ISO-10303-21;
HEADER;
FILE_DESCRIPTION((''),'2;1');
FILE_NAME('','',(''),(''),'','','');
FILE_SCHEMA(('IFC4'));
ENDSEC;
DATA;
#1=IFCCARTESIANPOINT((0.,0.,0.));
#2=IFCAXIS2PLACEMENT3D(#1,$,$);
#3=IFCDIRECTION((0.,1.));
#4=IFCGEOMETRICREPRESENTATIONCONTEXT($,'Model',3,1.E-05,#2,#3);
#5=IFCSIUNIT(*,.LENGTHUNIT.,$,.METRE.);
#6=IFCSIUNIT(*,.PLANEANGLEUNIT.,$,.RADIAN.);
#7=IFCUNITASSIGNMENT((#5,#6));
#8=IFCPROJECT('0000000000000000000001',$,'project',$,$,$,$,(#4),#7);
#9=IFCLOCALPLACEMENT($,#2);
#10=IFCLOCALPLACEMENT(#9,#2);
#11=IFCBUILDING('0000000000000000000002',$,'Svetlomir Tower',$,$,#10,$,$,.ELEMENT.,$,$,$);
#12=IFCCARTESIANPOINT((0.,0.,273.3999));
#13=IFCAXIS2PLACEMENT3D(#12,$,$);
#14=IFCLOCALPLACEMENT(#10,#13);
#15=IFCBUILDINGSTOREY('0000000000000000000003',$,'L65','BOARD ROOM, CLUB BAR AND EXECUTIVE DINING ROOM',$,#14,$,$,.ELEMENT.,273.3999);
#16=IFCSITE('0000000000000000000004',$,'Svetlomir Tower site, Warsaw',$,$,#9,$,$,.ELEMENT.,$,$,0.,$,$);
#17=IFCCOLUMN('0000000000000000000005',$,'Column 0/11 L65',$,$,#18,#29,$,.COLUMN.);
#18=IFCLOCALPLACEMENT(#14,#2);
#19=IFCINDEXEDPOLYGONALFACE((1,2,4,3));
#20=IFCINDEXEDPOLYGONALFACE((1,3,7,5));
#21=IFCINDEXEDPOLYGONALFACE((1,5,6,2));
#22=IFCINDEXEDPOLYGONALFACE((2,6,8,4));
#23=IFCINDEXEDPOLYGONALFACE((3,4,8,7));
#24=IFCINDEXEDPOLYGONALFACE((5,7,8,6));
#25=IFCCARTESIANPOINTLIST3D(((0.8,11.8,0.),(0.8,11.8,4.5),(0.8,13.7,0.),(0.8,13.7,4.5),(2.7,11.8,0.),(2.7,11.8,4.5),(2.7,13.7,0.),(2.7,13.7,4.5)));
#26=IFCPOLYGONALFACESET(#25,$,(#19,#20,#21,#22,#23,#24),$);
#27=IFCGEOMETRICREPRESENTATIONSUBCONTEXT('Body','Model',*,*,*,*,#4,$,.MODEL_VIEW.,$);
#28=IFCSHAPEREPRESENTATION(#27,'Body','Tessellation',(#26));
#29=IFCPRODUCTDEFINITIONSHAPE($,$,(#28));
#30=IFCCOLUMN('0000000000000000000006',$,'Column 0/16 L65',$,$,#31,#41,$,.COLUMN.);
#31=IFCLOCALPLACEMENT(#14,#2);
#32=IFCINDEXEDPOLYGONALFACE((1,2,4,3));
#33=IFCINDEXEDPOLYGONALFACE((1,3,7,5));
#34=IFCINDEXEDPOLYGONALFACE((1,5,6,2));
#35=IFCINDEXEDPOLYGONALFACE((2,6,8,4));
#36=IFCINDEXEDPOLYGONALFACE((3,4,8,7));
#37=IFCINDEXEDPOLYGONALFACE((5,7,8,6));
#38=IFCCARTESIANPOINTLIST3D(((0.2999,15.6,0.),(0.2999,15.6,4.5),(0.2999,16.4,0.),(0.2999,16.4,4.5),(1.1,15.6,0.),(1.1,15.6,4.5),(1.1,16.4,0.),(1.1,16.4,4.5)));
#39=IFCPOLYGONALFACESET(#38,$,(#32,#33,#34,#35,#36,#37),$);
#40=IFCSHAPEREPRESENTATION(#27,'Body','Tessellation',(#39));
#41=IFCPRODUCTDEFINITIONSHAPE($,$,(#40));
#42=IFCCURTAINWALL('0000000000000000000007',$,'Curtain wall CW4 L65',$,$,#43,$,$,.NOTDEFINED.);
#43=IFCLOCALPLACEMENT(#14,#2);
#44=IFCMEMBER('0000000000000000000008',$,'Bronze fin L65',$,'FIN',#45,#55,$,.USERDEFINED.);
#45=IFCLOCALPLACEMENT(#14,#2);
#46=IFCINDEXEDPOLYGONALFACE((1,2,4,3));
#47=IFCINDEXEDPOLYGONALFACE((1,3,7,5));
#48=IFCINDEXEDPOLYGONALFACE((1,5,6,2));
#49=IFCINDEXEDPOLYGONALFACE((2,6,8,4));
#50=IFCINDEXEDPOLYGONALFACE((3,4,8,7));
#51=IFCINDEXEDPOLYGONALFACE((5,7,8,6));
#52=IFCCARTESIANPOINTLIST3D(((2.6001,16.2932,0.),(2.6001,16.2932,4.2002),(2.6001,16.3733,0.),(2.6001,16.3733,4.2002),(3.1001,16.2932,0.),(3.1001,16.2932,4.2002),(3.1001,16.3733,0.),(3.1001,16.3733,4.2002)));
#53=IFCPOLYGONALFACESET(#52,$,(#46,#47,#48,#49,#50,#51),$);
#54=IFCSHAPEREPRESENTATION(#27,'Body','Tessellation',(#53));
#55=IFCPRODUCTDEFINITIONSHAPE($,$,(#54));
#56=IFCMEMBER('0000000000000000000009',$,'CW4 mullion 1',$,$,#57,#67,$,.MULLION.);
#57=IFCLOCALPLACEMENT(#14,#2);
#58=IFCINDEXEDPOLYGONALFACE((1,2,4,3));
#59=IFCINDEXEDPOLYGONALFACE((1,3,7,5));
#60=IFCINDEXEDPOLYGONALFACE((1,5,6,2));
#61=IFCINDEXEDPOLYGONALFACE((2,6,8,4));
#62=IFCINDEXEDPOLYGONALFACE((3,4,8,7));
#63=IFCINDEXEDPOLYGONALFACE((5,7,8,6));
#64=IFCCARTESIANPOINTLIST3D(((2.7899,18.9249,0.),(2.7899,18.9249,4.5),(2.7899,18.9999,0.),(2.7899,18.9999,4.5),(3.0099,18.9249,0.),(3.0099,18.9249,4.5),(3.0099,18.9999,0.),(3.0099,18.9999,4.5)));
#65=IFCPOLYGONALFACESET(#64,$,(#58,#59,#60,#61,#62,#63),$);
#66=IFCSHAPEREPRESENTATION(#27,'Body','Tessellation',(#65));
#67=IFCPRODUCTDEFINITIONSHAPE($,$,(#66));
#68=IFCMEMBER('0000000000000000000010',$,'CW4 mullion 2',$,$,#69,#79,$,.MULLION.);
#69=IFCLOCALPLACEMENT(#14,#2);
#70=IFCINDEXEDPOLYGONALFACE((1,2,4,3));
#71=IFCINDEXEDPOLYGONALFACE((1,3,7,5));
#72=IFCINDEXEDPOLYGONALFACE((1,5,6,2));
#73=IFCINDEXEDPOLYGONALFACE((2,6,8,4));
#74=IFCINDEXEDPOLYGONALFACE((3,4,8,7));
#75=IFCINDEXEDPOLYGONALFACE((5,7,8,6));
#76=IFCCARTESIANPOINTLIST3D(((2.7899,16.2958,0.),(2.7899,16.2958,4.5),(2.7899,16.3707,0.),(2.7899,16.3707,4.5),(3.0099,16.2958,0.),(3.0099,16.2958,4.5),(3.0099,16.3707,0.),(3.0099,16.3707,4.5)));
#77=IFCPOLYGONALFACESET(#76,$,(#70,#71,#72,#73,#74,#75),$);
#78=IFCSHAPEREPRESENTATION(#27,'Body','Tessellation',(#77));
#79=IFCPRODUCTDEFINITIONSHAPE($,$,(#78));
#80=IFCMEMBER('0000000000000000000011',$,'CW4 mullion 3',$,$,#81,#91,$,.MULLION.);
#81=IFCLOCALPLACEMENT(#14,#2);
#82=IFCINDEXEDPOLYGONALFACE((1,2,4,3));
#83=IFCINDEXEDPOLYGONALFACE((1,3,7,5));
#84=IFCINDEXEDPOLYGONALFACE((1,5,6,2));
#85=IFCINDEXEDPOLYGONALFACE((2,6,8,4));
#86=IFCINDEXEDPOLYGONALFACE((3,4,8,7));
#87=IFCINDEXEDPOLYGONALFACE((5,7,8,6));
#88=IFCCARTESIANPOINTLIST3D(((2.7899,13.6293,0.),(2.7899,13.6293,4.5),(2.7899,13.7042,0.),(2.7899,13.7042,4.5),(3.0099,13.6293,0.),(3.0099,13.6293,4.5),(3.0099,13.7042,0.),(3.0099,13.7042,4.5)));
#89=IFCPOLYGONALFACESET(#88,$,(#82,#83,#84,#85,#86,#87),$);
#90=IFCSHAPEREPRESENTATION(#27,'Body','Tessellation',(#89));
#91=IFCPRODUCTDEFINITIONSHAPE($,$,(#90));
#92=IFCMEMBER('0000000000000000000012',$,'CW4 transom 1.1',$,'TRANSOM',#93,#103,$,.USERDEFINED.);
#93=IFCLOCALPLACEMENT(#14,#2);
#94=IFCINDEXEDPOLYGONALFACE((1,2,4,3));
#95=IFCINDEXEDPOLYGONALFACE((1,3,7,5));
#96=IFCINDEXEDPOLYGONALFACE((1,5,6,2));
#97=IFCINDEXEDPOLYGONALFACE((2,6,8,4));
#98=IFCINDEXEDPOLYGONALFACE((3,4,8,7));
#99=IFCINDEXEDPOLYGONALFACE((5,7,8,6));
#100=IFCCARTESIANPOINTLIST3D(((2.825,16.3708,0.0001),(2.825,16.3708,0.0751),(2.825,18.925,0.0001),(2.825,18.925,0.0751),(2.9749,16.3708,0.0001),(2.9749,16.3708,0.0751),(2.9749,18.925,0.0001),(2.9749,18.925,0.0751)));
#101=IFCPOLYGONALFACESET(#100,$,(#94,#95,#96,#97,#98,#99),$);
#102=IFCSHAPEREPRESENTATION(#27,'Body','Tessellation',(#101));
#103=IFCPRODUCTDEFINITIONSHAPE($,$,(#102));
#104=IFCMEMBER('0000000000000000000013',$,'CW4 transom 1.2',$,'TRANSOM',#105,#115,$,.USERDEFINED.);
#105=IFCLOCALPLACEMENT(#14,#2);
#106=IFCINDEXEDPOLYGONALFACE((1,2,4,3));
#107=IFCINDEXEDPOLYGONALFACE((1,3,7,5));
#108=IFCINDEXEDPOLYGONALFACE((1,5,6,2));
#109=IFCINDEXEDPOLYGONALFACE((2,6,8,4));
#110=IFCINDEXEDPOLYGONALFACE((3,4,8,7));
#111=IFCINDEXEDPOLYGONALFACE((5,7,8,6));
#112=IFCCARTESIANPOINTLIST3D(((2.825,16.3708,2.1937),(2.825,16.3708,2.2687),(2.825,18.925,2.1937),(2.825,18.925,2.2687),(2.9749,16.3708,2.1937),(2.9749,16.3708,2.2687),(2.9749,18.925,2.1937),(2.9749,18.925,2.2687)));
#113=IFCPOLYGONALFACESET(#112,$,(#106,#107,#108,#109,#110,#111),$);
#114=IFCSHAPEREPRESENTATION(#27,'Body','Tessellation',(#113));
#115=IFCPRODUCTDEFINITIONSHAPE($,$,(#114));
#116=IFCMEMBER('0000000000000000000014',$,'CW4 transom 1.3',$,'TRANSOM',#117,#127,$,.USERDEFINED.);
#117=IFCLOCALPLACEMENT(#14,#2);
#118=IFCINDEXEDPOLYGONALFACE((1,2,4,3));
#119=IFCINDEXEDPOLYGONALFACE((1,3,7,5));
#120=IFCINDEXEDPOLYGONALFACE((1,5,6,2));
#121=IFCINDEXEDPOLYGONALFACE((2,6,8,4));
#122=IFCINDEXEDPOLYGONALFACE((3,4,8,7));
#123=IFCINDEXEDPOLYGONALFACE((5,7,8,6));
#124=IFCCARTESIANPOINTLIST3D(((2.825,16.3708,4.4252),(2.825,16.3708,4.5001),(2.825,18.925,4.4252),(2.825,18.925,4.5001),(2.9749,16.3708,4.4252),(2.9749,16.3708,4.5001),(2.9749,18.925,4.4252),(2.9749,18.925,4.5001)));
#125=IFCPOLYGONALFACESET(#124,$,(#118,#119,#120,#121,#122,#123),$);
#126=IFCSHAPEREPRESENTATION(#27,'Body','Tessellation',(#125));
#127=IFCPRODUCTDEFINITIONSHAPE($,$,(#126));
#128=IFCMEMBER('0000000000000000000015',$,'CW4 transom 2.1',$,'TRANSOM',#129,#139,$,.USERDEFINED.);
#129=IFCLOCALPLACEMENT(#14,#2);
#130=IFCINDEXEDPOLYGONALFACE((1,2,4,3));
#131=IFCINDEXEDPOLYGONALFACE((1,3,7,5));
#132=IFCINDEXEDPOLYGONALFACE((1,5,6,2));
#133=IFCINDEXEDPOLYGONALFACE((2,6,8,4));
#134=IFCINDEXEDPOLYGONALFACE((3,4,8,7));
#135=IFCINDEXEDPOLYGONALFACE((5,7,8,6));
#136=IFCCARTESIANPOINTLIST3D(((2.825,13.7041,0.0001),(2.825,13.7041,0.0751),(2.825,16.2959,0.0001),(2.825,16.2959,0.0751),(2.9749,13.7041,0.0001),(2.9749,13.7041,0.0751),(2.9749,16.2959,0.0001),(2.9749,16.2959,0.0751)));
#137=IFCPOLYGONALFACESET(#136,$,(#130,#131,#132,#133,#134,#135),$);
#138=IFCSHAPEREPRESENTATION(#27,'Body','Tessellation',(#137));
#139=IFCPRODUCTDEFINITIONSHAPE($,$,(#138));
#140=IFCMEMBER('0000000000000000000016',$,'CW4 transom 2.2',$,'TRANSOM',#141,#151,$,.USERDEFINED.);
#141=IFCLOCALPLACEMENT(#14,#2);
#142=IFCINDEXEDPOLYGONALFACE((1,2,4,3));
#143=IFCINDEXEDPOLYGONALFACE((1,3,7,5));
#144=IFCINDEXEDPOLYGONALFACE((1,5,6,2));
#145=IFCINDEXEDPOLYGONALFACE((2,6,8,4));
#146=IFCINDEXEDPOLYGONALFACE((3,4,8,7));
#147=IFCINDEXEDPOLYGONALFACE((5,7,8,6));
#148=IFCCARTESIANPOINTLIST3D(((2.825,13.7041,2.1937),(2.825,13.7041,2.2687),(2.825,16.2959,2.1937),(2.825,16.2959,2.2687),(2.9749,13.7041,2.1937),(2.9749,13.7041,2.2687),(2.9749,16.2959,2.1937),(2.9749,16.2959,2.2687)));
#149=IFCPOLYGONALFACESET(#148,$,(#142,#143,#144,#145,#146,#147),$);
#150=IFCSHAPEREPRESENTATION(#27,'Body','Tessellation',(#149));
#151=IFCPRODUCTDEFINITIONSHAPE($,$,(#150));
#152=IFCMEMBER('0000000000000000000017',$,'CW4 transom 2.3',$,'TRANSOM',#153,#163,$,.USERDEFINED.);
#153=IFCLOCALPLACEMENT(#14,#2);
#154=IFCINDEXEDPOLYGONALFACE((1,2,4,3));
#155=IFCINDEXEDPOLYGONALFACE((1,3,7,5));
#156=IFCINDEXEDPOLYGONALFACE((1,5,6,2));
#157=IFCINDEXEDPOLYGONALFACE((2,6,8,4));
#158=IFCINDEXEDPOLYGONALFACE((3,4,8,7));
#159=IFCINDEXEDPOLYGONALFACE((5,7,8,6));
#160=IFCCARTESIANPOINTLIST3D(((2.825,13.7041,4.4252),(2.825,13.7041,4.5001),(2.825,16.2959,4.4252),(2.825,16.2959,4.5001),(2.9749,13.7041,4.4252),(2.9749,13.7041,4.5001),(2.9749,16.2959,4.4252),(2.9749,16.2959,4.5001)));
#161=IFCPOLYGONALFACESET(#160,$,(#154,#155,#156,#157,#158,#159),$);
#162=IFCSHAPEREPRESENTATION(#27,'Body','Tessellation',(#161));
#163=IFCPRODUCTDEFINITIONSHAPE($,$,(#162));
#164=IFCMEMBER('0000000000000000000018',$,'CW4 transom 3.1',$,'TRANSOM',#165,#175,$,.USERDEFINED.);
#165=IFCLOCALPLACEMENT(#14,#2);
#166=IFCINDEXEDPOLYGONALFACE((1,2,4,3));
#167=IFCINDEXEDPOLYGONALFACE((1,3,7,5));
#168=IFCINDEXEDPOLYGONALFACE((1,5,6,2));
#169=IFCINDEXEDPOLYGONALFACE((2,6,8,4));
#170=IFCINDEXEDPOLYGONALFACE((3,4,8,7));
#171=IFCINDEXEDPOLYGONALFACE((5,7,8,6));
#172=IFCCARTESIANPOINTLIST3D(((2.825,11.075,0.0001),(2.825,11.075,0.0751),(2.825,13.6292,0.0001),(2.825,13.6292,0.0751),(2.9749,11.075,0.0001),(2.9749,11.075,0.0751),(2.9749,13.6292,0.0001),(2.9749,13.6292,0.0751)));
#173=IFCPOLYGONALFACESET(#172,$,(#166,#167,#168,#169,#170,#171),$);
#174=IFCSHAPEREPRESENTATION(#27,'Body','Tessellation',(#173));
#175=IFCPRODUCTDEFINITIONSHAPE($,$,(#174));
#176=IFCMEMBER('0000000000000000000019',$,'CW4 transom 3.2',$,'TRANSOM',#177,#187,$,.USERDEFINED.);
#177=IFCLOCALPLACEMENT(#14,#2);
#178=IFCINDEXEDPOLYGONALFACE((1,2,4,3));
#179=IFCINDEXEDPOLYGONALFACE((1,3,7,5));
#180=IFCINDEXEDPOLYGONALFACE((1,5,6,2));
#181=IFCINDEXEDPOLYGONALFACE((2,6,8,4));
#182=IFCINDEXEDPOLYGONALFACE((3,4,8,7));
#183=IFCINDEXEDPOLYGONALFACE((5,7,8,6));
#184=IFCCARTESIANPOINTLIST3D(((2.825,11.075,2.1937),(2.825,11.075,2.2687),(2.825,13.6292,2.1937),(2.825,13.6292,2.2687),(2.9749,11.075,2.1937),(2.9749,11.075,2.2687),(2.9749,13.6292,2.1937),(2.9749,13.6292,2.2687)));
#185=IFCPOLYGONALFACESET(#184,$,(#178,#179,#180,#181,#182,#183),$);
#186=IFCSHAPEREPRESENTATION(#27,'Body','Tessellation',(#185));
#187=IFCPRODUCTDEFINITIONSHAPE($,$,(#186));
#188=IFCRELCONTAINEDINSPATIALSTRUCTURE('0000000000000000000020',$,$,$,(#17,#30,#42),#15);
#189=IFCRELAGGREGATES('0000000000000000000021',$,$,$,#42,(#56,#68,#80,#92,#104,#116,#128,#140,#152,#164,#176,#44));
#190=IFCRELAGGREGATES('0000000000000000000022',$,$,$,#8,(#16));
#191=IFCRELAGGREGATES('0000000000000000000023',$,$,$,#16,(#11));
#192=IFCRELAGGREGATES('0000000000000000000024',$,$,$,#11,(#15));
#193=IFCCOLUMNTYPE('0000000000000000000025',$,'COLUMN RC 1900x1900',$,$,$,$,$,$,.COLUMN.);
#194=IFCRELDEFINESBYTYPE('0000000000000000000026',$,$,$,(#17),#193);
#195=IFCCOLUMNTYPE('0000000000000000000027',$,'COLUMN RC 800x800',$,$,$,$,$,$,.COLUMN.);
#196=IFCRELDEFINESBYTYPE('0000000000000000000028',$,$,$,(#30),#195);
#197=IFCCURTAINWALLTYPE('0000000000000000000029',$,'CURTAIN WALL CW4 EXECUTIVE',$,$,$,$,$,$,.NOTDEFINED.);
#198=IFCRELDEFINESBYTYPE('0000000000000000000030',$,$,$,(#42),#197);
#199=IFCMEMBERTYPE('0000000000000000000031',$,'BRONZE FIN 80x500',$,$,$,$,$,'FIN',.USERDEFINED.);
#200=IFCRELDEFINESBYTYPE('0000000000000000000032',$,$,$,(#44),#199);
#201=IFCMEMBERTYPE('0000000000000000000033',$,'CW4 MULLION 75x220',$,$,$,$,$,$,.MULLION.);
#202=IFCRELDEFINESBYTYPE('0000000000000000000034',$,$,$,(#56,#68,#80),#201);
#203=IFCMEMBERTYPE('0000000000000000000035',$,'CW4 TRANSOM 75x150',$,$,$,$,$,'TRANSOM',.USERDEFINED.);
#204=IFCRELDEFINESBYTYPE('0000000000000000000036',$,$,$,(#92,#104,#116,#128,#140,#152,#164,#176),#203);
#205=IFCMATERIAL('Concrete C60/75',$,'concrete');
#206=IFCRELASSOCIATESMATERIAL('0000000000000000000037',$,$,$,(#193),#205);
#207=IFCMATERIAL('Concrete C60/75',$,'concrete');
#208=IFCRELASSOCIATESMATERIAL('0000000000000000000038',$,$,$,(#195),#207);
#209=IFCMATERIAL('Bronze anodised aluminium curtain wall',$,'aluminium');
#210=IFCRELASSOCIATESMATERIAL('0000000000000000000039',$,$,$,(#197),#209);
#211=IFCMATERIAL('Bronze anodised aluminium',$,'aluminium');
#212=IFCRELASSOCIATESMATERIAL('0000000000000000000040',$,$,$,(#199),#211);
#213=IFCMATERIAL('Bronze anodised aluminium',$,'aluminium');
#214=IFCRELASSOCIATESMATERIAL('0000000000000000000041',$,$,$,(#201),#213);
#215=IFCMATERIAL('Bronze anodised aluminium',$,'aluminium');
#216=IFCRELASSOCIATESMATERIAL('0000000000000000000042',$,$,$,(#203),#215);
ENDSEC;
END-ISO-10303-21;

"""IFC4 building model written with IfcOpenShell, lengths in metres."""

from ifc_helpers import new_model, si_unit, direction, frame, origin, origin_2d, place, context, subcontext, project, spatial, rectangle, extrude, material, material_profile, profile_set, type_object, element, aggregate, save


model = new_model("IFC4")

# Units and contexts
model_context = context("Model", 3, precision=1e-05, world=origin(), true_north=direction((0.0, 1.0)))
body_context = subcontext(model_context, "Body", "Model", "MODEL_VIEW")
ifc_project = project(units=[si_unit("LENGTHUNIT", "METRE"), si_unit("PLANEANGLEUNIT", "RADIAN")], contexts=[model_context])

# Site, building, storey
site_placement = place(None, origin())
site = spatial("IfcSite", under=ifc_project, at=site_placement, Name="Svetlomir Tower site, Warsaw", CompositionType="ELEMENT", RefElevation=0.0)
building_placement = place(site_placement, origin())
building = spatial("IfcBuilding", under=site, at=building_placement, Name="Svetlomir Tower", CompositionType="ELEMENT")
storey_placement = place(building_placement, frame((0.0, 0.0, 273.3999)))
storey = spatial("IfcBuildingStorey", under=building, at=storey_placement, Name="L65", Description="BOARD ROOM, CLUB BAR AND EXECUTIVE DINING ROOM", CompositionType="ELEMENT", Elevation=273.3999)

# Columns
ifc_material_1 = material(Name="Concrete C60/75", Category="concrete")
ifc_material_profile_1 = material_profile(ifc_material_1, rectangle(XDim=1.8999, YDim=1.8999, at=origin_2d()), Name="RC 1900x1900")
ifc_profile_set_1 = profile_set([ifc_material_profile_1], Name="Concrete C60/75")
column_type_1 = type_object("IfcColumnType", Name="COLUMN RC 1900x1900", PredefinedType="COLUMN", material=ifc_profile_set_1)
column_1_placement = place(storey_placement, frame((1.75, 12.75, 0.0), z_axis=(0.0, 0.0, 1.0), x_axis=(1.0, 0.0, 0.0)))
element("IfcColumn", 1, at=column_1_placement, inside=storey, type_object=column_type_1, Name="Column 0/11 L65", PredefinedType="COLUMN", context=body_context, shape_type="SweptSolid", body=[
    extrude(rectangle(XDim=1.8999, YDim=1.8999, at=origin_2d()), origin(), (0.0, 0.0, 1.0), 4.5),
])
ifc_material_2 = material(Name="Concrete C60/75", Category="concrete")
ifc_material_profile_2 = material_profile(ifc_material_2, rectangle(XDim=0.8, YDim=0.8, at=origin_2d()), Name="RC 800x800")
ifc_profile_set_2 = profile_set([ifc_material_profile_2], Name="Concrete C60/75")
column_type_2 = type_object("IfcColumnType", Name="COLUMN RC 800x800", PredefinedType="COLUMN", material=ifc_profile_set_2)
column_2_placement = place(storey_placement, frame((0.7, 16.0, 0.0), z_axis=(0.0, 0.0, 1.0), x_axis=(1.0, 0.0, 0.0)))
element("IfcColumn", 2, at=column_2_placement, inside=storey, type_object=column_type_2, Name="Column 0/16 L65", PredefinedType="COLUMN", context=body_context, shape_type="SweptSolid", body=[
    extrude(rectangle(XDim=0.8, YDim=0.8, at=origin_2d()), origin(), (0.0, 0.0, 1.0), 4.5),
])

# Curtain wall, members
ifc_material_3 = material(Name="Bronze anodised aluminium curtain wall", Category="aluminium")
curtain_wall_type = type_object("IfcCurtainWallType", Name="CURTAIN WALL CW4 EXECUTIVE", PredefinedType="NOTDEFINED", material=ifc_material_3)
curtain_wall_placement = place(storey_placement, origin())
curtain_wall = element("IfcCurtainWall", 3, at=curtain_wall_placement, inside=storey, type_object=curtain_wall_type, Name="Curtain wall CW4 L65", PredefinedType="NOTDEFINED")
ifc_material_4 = material(Name="Bronze anodised aluminium", Category="aluminium")
ifc_material_profile_3 = material_profile(ifc_material_4, rectangle(XDim=0.0801, YDim=0.5, at=origin_2d()), Name="FIN 80x500")
ifc_profile_set_3 = profile_set([ifc_material_profile_3], Name="Bronze anodised aluminium 6063-T6")
member_type_1 = type_object("IfcMemberType", Name="BRONZE FIN 80x500", ElementType="FIN", PredefinedType="USERDEFINED", material=ifc_profile_set_3)
member_1_placement = place(storey_placement, frame((2.8501, 16.3333, 0.0), z_axis=(0.0, 0.0, 1.0), x_axis=(0.0, 1.0, 0.0)))
member_1 = element("IfcMember", 4, at=member_1_placement, type_object=member_type_1, Name="Bronze fin L65", ObjectType="FIN", PredefinedType="USERDEFINED", context=body_context, shape_type="SweptSolid", body=[
    extrude(rectangle(XDim=0.0801, YDim=0.5, at=origin_2d()), origin(), (0.0, 0.0, 1.0), 4.2002),
])
ifc_material_5 = material(Name="Bronze anodised aluminium", Category="aluminium")
ifc_material_profile_4 = material_profile(ifc_material_5, rectangle(XDim=0.075, YDim=0.22, at=origin_2d()), Name="AL 75x220")
ifc_profile_set_4 = profile_set([ifc_material_profile_4], Name="Bronze anodised aluminium 6063-T6")
member_type_2 = type_object("IfcMemberType", Name="CW4 MULLION 75x220", PredefinedType="MULLION", material=ifc_profile_set_4)
member_2_placement = place(storey_placement, frame((2.8999, 18.9624, 0.0), z_axis=(0.0, 0.0, 1.0), x_axis=(0.0, -1.0, 0.0)))
member_2 = element("IfcMember", 5, at=member_2_placement, type_object=member_type_2, Name="CW4 mullion 1", PredefinedType="MULLION", context=body_context, shape_type="SweptSolid", body=[
    extrude(rectangle(XDim=0.075, YDim=0.22, at=origin_2d()), origin(), (0.0, 0.0, 1.0), 4.5),
])
member_3_placement = place(storey_placement, frame((2.8999, 16.3333, 0.0), z_axis=(0.0, 0.0, 1.0), x_axis=(0.0, -1.0, 0.0)))
member_3 = element("IfcMember", 6, at=member_3_placement, type_object=member_type_2, Name="CW4 mullion 2", PredefinedType="MULLION", context=body_context, shape_type="SweptSolid", body=[
    extrude(rectangle(XDim=0.075, YDim=0.22, at=origin_2d()), origin(), (0.0, 0.0, 1.0), 4.5),
])
member_4_placement = place(storey_placement, frame((2.8999, 13.6667, 0.0), z_axis=(0.0, 0.0, 1.0), x_axis=(0.0, -1.0, 0.0)))
member_4 = element("IfcMember", 7, at=member_4_placement, type_object=member_type_2, Name="CW4 mullion 3", PredefinedType="MULLION", context=body_context, shape_type="SweptSolid", body=[
    extrude(rectangle(XDim=0.075, YDim=0.22, at=origin_2d()), origin(), (0.0, 0.0, 1.0), 4.5),
])
ifc_material_6 = material(Name="Bronze anodised aluminium", Category="aluminium")
ifc_material_profile_5 = material_profile(ifc_material_6, rectangle(XDim=0.1499, YDim=0.075, at=origin_2d()), Name="AL 150x75")
ifc_profile_set_5 = profile_set([ifc_material_profile_5], Name="Bronze anodised aluminium 6063-T6")
member_type_3 = type_object("IfcMemberType", Name="CW4 TRANSOM 75x150", ElementType="TRANSOM", PredefinedType="USERDEFINED", material=ifc_profile_set_5)
member_5_placement = place(storey_placement, frame((2.8999, 18.925, 0.0376), z_axis=(0.0, -1.0, 0.0), x_axis=(1.0, 0.0, 0.0)))
member_5 = element("IfcMember", 8, at=member_5_placement, type_object=member_type_3, Name="CW4 transom 1.1", ObjectType="TRANSOM", PredefinedType="USERDEFINED", context=body_context, shape_type="SweptSolid", body=[
    extrude(rectangle(XDim=0.1499, YDim=0.075, at=origin_2d()), origin(), (0.0, 0.0, 1.0), 2.5542),
])
member_6_placement = place(storey_placement, frame((2.8999, 18.925, 2.2312), z_axis=(0.0, -1.0, 0.0), x_axis=(1.0, 0.0, 0.0)))
member_6 = element("IfcMember", 9, at=member_6_placement, type_object=member_type_3, Name="CW4 transom 1.2", ObjectType="TRANSOM", PredefinedType="USERDEFINED", context=body_context, shape_type="SweptSolid", body=[
    extrude(rectangle(XDim=0.1499, YDim=0.075, at=origin_2d()), origin(), (0.0, 0.0, 1.0), 2.5542),
])
member_7_placement = place(storey_placement, frame((2.8999, 18.925, 4.4626), z_axis=(0.0, -1.0, 0.0), x_axis=(1.0, 0.0, 0.0)))
member_7 = element("IfcMember", 10, at=member_7_placement, type_object=member_type_3, Name="CW4 transom 1.3", ObjectType="TRANSOM", PredefinedType="USERDEFINED", context=body_context, shape_type="SweptSolid", body=[
    extrude(rectangle(XDim=0.1499, YDim=0.075, at=origin_2d()), origin(), (0.0, 0.0, 1.0), 2.5542),
])
member_8_placement = place(storey_placement, frame((2.8999, 16.2959, 0.0376), z_axis=(0.0, -1.0, 0.0), x_axis=(1.0, 0.0, 0.0)))
member_8 = element("IfcMember", 11, at=member_8_placement, type_object=member_type_3, Name="CW4 transom 2.1", ObjectType="TRANSOM", PredefinedType="USERDEFINED", context=body_context, shape_type="SweptSolid", body=[
    extrude(rectangle(XDim=0.1499, YDim=0.075, at=origin_2d()), origin(), (0.0, 0.0, 1.0), 2.5918),
])
member_9_placement = place(storey_placement, frame((2.8999, 16.2959, 2.2312), z_axis=(0.0, -1.0, 0.0), x_axis=(1.0, 0.0, 0.0)))
member_9 = element("IfcMember", 12, at=member_9_placement, type_object=member_type_3, Name="CW4 transom 2.2", ObjectType="TRANSOM", PredefinedType="USERDEFINED", context=body_context, shape_type="SweptSolid", body=[
    extrude(rectangle(XDim=0.1499, YDim=0.075, at=origin_2d()), origin(), (0.0, 0.0, 1.0), 2.5918),
])
member_10_placement = place(storey_placement, frame((2.8999, 16.2959, 4.4626), z_axis=(0.0, -1.0, 0.0), x_axis=(1.0, 0.0, 0.0)))
member_10 = element("IfcMember", 13, at=member_10_placement, type_object=member_type_3, Name="CW4 transom 2.3", ObjectType="TRANSOM", PredefinedType="USERDEFINED", context=body_context, shape_type="SweptSolid", body=[
    extrude(rectangle(XDim=0.1499, YDim=0.075, at=origin_2d()), origin(), (0.0, 0.0, 1.0), 2.5918),
])
member_11_placement = place(storey_placement, frame((2.8999, 13.6292, 0.0376), z_axis=(0.0, -1.0, 0.0), x_axis=(1.0, 0.0, 0.0)))
member_11 = element("IfcMember", 14, at=member_11_placement, type_object=member_type_3, Name="CW4 transom 3.1", ObjectType="TRANSOM", PredefinedType="USERDEFINED", context=body_context, shape_type="SweptSolid", body=[
    extrude(rectangle(XDim=0.1499, YDim=0.075, at=origin_2d()), origin(), (0.0, 0.0, 1.0), 2.5542),
])
member_12_placement = place(storey_placement, frame((2.8999, 13.6292, 2.2312), z_axis=(0.0, -1.0, 0.0), x_axis=(1.0, 0.0, 0.0)))
member_12 = element("IfcMember", 15, at=member_12_placement, type_object=member_type_3, Name="CW4 transom 3.2", ObjectType="TRANSOM", PredefinedType="USERDEFINED", context=body_context, shape_type="SweptSolid", body=[
    extrude(rectangle(XDim=0.1499, YDim=0.075, at=origin_2d()), origin(), (0.0, 0.0, 1.0), 2.5542),
])

aggregate(curtain_wall, [member_2, member_3, member_4, member_5, member_6, member_7, member_8, member_9, member_10, member_11, member_12, member_1])

save(model, "model.ifc")
